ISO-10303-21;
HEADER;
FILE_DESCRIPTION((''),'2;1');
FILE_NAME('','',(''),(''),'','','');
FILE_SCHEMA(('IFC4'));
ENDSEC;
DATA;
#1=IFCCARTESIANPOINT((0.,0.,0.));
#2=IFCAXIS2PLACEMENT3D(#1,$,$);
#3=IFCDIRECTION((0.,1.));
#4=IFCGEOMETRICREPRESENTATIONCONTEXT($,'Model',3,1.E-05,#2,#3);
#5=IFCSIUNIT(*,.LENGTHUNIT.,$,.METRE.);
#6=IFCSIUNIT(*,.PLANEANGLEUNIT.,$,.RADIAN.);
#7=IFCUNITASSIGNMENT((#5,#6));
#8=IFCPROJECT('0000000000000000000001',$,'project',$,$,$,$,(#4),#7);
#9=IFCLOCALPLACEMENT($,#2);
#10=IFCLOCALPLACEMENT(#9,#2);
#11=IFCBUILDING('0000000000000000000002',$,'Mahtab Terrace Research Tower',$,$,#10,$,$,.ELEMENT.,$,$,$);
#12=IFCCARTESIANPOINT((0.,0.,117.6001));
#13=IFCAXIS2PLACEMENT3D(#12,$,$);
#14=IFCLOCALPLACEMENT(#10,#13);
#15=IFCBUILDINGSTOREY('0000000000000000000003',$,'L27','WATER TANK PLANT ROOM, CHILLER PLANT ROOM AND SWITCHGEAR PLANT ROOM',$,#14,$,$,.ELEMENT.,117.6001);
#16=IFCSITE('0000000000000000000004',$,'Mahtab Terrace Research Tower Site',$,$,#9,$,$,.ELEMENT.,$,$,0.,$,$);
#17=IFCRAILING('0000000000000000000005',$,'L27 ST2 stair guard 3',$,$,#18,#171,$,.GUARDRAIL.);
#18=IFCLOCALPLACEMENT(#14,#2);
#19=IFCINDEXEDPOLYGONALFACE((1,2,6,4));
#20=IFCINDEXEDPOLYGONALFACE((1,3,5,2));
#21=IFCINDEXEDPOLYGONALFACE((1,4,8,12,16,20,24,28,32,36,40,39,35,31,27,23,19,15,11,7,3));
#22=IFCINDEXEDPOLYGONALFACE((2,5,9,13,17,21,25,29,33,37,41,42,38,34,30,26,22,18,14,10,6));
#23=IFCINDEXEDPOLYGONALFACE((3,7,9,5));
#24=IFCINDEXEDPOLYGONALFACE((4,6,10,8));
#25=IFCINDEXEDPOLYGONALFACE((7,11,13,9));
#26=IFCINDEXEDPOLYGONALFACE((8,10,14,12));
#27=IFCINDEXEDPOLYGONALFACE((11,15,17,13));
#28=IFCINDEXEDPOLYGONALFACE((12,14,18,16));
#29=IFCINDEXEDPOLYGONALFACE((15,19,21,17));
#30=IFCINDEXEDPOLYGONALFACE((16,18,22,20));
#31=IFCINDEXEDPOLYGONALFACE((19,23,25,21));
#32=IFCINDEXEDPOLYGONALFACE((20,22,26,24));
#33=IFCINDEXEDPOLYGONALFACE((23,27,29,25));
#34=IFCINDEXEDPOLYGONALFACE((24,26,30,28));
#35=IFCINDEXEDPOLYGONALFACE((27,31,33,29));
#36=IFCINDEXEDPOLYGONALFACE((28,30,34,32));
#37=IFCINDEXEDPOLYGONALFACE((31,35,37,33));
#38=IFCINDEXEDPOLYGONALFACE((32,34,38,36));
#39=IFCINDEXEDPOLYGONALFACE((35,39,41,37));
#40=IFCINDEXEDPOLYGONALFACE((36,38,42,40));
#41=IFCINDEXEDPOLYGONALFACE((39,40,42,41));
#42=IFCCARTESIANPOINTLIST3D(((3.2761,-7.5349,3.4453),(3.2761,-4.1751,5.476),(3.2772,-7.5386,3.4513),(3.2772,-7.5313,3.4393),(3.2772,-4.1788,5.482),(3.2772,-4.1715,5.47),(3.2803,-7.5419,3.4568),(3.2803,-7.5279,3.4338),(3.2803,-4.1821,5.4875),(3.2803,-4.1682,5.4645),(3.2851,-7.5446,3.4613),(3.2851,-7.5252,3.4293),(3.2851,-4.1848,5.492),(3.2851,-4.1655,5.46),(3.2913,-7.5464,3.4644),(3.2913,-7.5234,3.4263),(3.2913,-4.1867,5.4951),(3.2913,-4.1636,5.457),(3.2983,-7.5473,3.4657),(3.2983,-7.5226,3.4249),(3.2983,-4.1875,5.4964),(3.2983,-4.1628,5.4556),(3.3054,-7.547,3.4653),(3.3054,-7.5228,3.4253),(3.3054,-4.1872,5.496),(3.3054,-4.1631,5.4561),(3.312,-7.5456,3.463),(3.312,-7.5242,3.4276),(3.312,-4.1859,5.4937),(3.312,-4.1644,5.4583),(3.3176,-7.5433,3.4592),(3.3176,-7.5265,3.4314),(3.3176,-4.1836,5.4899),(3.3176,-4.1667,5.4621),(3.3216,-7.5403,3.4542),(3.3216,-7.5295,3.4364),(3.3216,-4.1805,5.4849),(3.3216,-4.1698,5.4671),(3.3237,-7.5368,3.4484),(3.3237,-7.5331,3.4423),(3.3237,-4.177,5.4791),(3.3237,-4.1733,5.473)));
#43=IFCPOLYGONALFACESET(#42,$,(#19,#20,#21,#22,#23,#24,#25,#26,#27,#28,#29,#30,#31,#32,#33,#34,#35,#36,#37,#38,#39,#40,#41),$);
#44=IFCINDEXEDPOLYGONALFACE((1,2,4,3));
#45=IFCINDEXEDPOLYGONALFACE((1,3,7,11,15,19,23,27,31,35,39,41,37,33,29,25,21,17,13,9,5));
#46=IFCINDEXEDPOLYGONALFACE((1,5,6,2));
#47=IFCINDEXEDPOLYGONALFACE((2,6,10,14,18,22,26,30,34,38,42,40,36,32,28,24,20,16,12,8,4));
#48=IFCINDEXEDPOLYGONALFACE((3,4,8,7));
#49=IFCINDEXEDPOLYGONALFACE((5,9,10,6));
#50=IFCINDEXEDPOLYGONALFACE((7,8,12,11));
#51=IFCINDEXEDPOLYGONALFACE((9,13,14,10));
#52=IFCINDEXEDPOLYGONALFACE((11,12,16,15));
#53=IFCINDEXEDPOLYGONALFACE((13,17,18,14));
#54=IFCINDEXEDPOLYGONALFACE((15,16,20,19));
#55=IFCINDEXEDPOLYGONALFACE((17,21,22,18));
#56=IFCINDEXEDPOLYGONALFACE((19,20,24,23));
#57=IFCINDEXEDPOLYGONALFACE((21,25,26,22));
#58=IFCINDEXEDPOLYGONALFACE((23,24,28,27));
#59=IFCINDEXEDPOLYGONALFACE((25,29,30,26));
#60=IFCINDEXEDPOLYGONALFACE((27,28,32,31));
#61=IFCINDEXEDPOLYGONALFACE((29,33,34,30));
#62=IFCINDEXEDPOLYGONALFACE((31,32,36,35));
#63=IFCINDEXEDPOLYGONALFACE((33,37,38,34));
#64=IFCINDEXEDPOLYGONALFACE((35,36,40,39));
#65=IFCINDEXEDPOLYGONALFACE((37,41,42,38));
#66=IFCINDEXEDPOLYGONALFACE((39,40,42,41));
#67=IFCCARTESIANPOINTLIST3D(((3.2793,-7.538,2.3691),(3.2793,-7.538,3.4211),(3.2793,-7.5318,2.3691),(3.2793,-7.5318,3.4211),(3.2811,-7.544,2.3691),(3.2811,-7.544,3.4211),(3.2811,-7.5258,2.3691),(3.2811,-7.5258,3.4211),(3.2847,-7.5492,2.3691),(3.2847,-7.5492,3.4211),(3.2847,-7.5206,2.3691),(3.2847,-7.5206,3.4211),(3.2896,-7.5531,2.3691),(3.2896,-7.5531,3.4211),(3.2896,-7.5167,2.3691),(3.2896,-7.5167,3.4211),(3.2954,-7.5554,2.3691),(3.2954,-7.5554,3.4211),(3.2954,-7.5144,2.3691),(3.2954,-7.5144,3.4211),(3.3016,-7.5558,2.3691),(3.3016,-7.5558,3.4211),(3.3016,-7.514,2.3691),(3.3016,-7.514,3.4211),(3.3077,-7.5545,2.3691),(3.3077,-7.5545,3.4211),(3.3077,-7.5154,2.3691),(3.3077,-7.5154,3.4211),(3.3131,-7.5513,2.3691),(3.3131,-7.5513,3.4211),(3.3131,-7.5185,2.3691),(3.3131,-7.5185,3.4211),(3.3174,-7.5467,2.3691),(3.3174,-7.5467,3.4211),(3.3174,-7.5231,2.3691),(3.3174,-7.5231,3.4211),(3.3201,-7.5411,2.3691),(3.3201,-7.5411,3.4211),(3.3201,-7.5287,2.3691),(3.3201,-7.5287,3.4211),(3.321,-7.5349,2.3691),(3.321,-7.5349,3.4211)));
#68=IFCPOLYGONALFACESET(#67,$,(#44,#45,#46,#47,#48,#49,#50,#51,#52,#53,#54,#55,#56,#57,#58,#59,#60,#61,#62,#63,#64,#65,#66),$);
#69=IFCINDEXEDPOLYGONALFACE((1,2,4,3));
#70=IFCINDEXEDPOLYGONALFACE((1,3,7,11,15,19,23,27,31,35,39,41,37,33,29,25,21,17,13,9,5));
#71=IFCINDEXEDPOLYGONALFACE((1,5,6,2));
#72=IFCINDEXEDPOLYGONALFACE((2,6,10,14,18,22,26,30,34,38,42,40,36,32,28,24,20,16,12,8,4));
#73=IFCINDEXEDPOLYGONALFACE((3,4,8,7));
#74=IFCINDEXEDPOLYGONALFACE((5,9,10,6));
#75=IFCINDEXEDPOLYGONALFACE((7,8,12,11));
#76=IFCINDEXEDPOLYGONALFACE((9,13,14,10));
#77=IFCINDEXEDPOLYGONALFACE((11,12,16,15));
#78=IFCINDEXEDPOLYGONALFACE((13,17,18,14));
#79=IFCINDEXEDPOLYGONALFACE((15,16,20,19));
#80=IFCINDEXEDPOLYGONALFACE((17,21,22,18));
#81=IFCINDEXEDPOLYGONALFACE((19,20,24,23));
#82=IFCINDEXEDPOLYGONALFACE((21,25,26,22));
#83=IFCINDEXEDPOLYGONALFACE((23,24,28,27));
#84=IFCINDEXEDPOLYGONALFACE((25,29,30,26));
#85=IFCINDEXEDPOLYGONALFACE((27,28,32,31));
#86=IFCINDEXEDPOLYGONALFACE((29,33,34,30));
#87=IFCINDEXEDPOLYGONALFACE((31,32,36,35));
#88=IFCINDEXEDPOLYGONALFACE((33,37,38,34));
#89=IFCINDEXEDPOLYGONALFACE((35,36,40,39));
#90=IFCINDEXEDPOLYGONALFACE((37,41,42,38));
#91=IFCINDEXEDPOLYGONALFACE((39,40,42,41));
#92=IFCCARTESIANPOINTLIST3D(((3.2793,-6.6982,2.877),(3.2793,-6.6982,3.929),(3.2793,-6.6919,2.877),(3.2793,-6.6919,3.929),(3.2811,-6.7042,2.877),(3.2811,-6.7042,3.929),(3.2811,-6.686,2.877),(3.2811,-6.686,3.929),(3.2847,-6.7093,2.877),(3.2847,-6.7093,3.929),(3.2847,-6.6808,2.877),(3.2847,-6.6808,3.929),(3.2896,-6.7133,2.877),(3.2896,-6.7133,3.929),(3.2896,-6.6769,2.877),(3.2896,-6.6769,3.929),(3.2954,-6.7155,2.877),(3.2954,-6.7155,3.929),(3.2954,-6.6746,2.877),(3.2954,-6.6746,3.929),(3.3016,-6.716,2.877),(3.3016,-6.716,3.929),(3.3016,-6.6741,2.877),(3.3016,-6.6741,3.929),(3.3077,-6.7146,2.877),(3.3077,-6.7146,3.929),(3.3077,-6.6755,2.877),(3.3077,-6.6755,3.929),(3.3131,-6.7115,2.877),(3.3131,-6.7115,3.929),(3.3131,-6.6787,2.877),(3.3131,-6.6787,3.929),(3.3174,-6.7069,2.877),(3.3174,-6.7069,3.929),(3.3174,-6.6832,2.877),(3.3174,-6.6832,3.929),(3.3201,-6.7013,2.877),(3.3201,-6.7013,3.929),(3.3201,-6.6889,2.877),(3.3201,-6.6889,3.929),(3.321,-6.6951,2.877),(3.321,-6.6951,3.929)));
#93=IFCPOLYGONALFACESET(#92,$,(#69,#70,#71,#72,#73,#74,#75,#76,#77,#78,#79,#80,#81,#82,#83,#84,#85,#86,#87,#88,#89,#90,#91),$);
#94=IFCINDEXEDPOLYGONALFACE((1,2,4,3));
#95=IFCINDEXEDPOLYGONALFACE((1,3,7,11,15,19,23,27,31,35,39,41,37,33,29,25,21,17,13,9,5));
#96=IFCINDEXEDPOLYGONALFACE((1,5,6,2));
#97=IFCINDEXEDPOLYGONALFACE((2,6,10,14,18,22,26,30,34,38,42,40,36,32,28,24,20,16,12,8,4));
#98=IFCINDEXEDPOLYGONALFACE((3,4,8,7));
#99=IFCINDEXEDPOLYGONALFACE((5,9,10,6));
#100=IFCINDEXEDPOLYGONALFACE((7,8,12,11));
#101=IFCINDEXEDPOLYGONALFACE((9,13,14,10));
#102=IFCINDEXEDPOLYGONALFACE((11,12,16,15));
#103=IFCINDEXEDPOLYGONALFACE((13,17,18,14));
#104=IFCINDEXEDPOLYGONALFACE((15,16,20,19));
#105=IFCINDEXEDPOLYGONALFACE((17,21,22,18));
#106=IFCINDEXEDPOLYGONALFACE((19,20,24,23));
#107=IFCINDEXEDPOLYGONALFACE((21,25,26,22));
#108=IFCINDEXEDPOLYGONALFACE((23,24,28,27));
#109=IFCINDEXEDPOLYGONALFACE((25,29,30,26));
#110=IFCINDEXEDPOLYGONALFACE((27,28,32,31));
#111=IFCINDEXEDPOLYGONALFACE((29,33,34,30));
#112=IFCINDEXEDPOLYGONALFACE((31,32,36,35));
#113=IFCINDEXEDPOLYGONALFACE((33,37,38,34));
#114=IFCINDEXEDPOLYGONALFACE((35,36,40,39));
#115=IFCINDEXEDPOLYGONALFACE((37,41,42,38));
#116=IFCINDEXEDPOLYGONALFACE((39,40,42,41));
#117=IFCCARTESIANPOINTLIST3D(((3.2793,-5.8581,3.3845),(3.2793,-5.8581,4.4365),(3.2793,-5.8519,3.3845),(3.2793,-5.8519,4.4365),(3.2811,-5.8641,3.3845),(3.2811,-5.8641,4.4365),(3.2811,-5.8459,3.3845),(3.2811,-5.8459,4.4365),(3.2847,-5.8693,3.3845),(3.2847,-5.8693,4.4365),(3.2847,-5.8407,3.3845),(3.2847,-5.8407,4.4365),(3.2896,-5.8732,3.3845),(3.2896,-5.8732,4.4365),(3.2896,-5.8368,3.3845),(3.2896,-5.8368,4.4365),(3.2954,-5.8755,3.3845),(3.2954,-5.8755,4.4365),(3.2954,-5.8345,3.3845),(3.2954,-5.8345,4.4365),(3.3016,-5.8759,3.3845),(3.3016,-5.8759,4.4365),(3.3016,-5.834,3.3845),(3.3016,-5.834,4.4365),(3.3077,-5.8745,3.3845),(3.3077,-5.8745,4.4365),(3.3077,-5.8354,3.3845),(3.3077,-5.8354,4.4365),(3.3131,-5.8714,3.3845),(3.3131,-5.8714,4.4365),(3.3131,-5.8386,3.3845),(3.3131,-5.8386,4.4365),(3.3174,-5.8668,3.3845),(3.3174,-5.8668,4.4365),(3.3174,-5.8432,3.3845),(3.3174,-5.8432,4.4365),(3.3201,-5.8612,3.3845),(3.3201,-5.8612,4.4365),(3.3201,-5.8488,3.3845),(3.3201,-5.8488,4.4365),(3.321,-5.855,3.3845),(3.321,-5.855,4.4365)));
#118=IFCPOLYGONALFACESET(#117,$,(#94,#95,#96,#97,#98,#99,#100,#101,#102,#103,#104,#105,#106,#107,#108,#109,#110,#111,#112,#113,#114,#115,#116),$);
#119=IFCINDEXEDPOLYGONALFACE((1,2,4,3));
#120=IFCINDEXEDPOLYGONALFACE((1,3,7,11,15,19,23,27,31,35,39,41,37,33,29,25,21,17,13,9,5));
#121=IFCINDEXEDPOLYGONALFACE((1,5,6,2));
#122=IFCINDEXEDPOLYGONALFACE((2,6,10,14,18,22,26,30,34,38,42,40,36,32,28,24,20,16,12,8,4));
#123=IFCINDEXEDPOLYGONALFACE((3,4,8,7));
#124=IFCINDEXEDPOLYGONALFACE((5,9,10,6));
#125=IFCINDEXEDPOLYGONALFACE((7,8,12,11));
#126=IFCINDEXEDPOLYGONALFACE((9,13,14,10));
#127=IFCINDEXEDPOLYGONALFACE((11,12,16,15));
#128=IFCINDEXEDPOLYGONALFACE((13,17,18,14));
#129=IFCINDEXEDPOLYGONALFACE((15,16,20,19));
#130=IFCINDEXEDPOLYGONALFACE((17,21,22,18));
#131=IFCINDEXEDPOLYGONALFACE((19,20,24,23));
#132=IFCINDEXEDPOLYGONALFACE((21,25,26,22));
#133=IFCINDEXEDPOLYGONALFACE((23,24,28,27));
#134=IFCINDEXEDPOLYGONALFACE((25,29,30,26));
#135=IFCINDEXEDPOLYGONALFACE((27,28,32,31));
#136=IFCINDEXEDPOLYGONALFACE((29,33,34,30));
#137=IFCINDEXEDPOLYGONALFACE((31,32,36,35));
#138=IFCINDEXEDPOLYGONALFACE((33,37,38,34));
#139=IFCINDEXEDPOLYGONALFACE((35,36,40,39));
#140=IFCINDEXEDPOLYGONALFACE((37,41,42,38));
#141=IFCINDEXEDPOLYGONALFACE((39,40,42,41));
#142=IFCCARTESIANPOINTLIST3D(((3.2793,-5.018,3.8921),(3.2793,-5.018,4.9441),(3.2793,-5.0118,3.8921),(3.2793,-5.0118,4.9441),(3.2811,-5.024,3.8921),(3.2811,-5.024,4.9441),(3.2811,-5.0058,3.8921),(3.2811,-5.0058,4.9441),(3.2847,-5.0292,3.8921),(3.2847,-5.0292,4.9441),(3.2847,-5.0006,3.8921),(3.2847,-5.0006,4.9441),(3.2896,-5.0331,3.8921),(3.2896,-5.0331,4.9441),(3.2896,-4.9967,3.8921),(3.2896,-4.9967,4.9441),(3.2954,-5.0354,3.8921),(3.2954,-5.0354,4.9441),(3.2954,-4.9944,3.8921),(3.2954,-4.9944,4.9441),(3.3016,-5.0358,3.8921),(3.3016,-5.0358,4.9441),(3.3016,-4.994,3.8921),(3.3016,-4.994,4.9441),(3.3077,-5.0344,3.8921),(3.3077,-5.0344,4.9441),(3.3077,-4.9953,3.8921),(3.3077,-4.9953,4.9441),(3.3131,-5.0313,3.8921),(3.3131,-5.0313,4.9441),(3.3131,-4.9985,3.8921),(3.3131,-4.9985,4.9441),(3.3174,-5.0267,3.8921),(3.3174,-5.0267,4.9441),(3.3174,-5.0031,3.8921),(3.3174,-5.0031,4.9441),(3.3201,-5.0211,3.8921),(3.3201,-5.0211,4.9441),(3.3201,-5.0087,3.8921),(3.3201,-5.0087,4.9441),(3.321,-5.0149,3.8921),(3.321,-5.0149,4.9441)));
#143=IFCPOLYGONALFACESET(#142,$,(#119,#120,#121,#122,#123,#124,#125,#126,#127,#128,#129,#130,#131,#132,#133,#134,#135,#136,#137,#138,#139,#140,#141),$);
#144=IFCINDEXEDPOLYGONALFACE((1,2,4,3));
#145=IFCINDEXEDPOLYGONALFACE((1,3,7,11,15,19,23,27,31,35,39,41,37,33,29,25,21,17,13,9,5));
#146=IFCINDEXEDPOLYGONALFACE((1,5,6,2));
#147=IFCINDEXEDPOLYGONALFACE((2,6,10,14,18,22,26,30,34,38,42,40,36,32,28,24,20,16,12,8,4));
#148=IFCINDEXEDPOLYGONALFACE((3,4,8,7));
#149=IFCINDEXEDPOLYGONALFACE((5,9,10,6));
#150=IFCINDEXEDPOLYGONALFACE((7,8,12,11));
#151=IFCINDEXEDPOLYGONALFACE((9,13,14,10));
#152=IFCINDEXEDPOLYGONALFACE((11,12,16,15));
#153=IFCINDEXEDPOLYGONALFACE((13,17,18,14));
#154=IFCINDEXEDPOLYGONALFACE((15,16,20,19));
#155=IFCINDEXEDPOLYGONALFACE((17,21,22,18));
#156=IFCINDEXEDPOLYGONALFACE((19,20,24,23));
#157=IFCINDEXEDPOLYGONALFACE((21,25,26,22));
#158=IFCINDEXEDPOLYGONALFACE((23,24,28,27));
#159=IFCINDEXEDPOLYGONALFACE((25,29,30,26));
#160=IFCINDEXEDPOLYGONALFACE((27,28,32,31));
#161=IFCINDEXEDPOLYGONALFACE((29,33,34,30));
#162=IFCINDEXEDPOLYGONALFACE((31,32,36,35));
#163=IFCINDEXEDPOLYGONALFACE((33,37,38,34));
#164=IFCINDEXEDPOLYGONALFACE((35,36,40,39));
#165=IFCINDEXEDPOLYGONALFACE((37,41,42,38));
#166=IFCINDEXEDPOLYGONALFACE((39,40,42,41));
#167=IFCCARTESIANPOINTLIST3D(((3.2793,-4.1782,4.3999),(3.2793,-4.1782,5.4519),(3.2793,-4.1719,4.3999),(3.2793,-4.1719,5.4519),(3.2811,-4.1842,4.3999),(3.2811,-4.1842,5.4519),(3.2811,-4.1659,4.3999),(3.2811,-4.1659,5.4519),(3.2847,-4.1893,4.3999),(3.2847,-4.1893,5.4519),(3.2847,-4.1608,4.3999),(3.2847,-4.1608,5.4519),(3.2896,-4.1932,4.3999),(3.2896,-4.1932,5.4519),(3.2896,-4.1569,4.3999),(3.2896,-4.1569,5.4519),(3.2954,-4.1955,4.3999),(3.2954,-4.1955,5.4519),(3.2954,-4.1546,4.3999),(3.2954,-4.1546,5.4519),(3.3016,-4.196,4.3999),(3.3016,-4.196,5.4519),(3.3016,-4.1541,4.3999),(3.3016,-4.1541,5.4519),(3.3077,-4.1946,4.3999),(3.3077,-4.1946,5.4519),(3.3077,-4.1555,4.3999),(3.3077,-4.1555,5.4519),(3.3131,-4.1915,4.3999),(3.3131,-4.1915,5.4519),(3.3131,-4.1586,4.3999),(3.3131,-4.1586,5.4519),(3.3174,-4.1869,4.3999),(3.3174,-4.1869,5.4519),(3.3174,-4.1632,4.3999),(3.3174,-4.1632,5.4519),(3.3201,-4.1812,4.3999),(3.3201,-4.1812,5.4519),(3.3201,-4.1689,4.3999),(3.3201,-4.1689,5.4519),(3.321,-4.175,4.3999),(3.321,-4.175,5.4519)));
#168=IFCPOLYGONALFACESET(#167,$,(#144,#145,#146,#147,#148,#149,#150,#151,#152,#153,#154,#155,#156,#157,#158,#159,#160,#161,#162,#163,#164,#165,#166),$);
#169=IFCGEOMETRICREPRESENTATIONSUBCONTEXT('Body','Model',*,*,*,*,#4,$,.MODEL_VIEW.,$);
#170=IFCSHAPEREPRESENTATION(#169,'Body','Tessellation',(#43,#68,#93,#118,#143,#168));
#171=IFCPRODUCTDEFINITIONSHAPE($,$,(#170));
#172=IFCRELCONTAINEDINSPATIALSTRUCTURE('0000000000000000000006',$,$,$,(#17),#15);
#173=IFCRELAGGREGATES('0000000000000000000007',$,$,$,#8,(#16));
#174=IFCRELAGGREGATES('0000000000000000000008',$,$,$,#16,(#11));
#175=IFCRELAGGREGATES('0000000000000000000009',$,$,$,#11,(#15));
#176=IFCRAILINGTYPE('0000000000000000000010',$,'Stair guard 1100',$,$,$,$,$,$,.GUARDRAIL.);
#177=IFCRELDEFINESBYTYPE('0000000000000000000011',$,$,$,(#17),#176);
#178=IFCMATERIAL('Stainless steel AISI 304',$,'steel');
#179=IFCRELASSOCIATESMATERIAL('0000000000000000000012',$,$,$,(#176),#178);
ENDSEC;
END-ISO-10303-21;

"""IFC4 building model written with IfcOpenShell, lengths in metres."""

from ifc_helpers import new_model, si_unit, direction, frame, origin, origin_2d, place, context, subcontext, project, spatial, circle, extrude, material, type_object, element, save


model = new_model("IFC4")

# Units and contexts
model_context = context("Model", 3, precision=1e-05, world=origin(), true_north=direction((0.0, 1.0)))
body_context = subcontext(model_context, "Body", "Model", "MODEL_VIEW")
ifc_project = project(units=[si_unit("LENGTHUNIT", "METRE"), si_unit("PLANEANGLEUNIT", "RADIAN")], contexts=[model_context])

# Site, building, storey
site_placement = place(None, origin())
site = spatial("IfcSite", under=ifc_project, at=site_placement, Name="Mahtab Terrace Research Tower Site", CompositionType="ELEMENT", RefElevation=0.0)
building_placement = place(site_placement, origin())
building = spatial("IfcBuilding", under=site, at=building_placement, Name="Mahtab Terrace Research Tower", CompositionType="ELEMENT")
storey_placement = place(building_placement, frame((0.0, 0.0, 117.6001)))
storey = spatial("IfcBuildingStorey", under=building, at=storey_placement, Name="L27", Description="WATER TANK PLANT ROOM, CHILLER PLANT ROOM AND SWITCHGEAR PLANT ROOM", CompositionType="ELEMENT", Elevation=117.6001)

# Railing
ifc_material_1 = material(Name="Stainless steel AISI 304", Category="steel")
railing_type_1 = type_object("IfcRailingType", Name="Stair guard 1100", PredefinedType="GUARDRAIL", material=ifc_material_1)
railing_1_placement = place(storey_placement, frame((3.3, -7.5349, 2.3691)))
element("IfcRailing", 1, at=railing_1_placement, inside=storey, type_object=railing_type_1, Name="L27 ST2 stair guard 3", PredefinedType="GUARDRAIL", context=body_context, shape_type="SweptSolid", body=[
    extrude(circle(Radius=0.0239, at=origin_2d()), frame((0.0, 0.0, 1.0762), z_axis=(0.0, 0.85582, 0.517273), x_axis=(-1.0, 0.0, 0.0)), (0.0, 0.0, 1.0), 3.9258),
    extrude(circle(Radius=0.021, at=origin_2d()), origin(), (0.0, 0.0, 1.0), 1.052),
    extrude(circle(Radius=0.021, at=origin_2d()), frame((0.0, 0.8398, 0.5078)), (0.0, 0.0, 1.0), 1.052),
    extrude(circle(Radius=0.021, at=origin_2d()), frame((0.0, 1.6799, 1.0154)), (0.0, 0.0, 1.0), 1.052),
    extrude(circle(Radius=0.021, at=origin_2d()), frame((0.0, 2.52, 1.5229)), (0.0, 0.0, 1.0), 1.052),
    extrude(circle(Radius=0.021, at=origin_2d()), frame((0.0, 3.3599, 2.0308)), (0.0, 0.0, 1.0), 1.052),
])

save(model, "model.ifc")
